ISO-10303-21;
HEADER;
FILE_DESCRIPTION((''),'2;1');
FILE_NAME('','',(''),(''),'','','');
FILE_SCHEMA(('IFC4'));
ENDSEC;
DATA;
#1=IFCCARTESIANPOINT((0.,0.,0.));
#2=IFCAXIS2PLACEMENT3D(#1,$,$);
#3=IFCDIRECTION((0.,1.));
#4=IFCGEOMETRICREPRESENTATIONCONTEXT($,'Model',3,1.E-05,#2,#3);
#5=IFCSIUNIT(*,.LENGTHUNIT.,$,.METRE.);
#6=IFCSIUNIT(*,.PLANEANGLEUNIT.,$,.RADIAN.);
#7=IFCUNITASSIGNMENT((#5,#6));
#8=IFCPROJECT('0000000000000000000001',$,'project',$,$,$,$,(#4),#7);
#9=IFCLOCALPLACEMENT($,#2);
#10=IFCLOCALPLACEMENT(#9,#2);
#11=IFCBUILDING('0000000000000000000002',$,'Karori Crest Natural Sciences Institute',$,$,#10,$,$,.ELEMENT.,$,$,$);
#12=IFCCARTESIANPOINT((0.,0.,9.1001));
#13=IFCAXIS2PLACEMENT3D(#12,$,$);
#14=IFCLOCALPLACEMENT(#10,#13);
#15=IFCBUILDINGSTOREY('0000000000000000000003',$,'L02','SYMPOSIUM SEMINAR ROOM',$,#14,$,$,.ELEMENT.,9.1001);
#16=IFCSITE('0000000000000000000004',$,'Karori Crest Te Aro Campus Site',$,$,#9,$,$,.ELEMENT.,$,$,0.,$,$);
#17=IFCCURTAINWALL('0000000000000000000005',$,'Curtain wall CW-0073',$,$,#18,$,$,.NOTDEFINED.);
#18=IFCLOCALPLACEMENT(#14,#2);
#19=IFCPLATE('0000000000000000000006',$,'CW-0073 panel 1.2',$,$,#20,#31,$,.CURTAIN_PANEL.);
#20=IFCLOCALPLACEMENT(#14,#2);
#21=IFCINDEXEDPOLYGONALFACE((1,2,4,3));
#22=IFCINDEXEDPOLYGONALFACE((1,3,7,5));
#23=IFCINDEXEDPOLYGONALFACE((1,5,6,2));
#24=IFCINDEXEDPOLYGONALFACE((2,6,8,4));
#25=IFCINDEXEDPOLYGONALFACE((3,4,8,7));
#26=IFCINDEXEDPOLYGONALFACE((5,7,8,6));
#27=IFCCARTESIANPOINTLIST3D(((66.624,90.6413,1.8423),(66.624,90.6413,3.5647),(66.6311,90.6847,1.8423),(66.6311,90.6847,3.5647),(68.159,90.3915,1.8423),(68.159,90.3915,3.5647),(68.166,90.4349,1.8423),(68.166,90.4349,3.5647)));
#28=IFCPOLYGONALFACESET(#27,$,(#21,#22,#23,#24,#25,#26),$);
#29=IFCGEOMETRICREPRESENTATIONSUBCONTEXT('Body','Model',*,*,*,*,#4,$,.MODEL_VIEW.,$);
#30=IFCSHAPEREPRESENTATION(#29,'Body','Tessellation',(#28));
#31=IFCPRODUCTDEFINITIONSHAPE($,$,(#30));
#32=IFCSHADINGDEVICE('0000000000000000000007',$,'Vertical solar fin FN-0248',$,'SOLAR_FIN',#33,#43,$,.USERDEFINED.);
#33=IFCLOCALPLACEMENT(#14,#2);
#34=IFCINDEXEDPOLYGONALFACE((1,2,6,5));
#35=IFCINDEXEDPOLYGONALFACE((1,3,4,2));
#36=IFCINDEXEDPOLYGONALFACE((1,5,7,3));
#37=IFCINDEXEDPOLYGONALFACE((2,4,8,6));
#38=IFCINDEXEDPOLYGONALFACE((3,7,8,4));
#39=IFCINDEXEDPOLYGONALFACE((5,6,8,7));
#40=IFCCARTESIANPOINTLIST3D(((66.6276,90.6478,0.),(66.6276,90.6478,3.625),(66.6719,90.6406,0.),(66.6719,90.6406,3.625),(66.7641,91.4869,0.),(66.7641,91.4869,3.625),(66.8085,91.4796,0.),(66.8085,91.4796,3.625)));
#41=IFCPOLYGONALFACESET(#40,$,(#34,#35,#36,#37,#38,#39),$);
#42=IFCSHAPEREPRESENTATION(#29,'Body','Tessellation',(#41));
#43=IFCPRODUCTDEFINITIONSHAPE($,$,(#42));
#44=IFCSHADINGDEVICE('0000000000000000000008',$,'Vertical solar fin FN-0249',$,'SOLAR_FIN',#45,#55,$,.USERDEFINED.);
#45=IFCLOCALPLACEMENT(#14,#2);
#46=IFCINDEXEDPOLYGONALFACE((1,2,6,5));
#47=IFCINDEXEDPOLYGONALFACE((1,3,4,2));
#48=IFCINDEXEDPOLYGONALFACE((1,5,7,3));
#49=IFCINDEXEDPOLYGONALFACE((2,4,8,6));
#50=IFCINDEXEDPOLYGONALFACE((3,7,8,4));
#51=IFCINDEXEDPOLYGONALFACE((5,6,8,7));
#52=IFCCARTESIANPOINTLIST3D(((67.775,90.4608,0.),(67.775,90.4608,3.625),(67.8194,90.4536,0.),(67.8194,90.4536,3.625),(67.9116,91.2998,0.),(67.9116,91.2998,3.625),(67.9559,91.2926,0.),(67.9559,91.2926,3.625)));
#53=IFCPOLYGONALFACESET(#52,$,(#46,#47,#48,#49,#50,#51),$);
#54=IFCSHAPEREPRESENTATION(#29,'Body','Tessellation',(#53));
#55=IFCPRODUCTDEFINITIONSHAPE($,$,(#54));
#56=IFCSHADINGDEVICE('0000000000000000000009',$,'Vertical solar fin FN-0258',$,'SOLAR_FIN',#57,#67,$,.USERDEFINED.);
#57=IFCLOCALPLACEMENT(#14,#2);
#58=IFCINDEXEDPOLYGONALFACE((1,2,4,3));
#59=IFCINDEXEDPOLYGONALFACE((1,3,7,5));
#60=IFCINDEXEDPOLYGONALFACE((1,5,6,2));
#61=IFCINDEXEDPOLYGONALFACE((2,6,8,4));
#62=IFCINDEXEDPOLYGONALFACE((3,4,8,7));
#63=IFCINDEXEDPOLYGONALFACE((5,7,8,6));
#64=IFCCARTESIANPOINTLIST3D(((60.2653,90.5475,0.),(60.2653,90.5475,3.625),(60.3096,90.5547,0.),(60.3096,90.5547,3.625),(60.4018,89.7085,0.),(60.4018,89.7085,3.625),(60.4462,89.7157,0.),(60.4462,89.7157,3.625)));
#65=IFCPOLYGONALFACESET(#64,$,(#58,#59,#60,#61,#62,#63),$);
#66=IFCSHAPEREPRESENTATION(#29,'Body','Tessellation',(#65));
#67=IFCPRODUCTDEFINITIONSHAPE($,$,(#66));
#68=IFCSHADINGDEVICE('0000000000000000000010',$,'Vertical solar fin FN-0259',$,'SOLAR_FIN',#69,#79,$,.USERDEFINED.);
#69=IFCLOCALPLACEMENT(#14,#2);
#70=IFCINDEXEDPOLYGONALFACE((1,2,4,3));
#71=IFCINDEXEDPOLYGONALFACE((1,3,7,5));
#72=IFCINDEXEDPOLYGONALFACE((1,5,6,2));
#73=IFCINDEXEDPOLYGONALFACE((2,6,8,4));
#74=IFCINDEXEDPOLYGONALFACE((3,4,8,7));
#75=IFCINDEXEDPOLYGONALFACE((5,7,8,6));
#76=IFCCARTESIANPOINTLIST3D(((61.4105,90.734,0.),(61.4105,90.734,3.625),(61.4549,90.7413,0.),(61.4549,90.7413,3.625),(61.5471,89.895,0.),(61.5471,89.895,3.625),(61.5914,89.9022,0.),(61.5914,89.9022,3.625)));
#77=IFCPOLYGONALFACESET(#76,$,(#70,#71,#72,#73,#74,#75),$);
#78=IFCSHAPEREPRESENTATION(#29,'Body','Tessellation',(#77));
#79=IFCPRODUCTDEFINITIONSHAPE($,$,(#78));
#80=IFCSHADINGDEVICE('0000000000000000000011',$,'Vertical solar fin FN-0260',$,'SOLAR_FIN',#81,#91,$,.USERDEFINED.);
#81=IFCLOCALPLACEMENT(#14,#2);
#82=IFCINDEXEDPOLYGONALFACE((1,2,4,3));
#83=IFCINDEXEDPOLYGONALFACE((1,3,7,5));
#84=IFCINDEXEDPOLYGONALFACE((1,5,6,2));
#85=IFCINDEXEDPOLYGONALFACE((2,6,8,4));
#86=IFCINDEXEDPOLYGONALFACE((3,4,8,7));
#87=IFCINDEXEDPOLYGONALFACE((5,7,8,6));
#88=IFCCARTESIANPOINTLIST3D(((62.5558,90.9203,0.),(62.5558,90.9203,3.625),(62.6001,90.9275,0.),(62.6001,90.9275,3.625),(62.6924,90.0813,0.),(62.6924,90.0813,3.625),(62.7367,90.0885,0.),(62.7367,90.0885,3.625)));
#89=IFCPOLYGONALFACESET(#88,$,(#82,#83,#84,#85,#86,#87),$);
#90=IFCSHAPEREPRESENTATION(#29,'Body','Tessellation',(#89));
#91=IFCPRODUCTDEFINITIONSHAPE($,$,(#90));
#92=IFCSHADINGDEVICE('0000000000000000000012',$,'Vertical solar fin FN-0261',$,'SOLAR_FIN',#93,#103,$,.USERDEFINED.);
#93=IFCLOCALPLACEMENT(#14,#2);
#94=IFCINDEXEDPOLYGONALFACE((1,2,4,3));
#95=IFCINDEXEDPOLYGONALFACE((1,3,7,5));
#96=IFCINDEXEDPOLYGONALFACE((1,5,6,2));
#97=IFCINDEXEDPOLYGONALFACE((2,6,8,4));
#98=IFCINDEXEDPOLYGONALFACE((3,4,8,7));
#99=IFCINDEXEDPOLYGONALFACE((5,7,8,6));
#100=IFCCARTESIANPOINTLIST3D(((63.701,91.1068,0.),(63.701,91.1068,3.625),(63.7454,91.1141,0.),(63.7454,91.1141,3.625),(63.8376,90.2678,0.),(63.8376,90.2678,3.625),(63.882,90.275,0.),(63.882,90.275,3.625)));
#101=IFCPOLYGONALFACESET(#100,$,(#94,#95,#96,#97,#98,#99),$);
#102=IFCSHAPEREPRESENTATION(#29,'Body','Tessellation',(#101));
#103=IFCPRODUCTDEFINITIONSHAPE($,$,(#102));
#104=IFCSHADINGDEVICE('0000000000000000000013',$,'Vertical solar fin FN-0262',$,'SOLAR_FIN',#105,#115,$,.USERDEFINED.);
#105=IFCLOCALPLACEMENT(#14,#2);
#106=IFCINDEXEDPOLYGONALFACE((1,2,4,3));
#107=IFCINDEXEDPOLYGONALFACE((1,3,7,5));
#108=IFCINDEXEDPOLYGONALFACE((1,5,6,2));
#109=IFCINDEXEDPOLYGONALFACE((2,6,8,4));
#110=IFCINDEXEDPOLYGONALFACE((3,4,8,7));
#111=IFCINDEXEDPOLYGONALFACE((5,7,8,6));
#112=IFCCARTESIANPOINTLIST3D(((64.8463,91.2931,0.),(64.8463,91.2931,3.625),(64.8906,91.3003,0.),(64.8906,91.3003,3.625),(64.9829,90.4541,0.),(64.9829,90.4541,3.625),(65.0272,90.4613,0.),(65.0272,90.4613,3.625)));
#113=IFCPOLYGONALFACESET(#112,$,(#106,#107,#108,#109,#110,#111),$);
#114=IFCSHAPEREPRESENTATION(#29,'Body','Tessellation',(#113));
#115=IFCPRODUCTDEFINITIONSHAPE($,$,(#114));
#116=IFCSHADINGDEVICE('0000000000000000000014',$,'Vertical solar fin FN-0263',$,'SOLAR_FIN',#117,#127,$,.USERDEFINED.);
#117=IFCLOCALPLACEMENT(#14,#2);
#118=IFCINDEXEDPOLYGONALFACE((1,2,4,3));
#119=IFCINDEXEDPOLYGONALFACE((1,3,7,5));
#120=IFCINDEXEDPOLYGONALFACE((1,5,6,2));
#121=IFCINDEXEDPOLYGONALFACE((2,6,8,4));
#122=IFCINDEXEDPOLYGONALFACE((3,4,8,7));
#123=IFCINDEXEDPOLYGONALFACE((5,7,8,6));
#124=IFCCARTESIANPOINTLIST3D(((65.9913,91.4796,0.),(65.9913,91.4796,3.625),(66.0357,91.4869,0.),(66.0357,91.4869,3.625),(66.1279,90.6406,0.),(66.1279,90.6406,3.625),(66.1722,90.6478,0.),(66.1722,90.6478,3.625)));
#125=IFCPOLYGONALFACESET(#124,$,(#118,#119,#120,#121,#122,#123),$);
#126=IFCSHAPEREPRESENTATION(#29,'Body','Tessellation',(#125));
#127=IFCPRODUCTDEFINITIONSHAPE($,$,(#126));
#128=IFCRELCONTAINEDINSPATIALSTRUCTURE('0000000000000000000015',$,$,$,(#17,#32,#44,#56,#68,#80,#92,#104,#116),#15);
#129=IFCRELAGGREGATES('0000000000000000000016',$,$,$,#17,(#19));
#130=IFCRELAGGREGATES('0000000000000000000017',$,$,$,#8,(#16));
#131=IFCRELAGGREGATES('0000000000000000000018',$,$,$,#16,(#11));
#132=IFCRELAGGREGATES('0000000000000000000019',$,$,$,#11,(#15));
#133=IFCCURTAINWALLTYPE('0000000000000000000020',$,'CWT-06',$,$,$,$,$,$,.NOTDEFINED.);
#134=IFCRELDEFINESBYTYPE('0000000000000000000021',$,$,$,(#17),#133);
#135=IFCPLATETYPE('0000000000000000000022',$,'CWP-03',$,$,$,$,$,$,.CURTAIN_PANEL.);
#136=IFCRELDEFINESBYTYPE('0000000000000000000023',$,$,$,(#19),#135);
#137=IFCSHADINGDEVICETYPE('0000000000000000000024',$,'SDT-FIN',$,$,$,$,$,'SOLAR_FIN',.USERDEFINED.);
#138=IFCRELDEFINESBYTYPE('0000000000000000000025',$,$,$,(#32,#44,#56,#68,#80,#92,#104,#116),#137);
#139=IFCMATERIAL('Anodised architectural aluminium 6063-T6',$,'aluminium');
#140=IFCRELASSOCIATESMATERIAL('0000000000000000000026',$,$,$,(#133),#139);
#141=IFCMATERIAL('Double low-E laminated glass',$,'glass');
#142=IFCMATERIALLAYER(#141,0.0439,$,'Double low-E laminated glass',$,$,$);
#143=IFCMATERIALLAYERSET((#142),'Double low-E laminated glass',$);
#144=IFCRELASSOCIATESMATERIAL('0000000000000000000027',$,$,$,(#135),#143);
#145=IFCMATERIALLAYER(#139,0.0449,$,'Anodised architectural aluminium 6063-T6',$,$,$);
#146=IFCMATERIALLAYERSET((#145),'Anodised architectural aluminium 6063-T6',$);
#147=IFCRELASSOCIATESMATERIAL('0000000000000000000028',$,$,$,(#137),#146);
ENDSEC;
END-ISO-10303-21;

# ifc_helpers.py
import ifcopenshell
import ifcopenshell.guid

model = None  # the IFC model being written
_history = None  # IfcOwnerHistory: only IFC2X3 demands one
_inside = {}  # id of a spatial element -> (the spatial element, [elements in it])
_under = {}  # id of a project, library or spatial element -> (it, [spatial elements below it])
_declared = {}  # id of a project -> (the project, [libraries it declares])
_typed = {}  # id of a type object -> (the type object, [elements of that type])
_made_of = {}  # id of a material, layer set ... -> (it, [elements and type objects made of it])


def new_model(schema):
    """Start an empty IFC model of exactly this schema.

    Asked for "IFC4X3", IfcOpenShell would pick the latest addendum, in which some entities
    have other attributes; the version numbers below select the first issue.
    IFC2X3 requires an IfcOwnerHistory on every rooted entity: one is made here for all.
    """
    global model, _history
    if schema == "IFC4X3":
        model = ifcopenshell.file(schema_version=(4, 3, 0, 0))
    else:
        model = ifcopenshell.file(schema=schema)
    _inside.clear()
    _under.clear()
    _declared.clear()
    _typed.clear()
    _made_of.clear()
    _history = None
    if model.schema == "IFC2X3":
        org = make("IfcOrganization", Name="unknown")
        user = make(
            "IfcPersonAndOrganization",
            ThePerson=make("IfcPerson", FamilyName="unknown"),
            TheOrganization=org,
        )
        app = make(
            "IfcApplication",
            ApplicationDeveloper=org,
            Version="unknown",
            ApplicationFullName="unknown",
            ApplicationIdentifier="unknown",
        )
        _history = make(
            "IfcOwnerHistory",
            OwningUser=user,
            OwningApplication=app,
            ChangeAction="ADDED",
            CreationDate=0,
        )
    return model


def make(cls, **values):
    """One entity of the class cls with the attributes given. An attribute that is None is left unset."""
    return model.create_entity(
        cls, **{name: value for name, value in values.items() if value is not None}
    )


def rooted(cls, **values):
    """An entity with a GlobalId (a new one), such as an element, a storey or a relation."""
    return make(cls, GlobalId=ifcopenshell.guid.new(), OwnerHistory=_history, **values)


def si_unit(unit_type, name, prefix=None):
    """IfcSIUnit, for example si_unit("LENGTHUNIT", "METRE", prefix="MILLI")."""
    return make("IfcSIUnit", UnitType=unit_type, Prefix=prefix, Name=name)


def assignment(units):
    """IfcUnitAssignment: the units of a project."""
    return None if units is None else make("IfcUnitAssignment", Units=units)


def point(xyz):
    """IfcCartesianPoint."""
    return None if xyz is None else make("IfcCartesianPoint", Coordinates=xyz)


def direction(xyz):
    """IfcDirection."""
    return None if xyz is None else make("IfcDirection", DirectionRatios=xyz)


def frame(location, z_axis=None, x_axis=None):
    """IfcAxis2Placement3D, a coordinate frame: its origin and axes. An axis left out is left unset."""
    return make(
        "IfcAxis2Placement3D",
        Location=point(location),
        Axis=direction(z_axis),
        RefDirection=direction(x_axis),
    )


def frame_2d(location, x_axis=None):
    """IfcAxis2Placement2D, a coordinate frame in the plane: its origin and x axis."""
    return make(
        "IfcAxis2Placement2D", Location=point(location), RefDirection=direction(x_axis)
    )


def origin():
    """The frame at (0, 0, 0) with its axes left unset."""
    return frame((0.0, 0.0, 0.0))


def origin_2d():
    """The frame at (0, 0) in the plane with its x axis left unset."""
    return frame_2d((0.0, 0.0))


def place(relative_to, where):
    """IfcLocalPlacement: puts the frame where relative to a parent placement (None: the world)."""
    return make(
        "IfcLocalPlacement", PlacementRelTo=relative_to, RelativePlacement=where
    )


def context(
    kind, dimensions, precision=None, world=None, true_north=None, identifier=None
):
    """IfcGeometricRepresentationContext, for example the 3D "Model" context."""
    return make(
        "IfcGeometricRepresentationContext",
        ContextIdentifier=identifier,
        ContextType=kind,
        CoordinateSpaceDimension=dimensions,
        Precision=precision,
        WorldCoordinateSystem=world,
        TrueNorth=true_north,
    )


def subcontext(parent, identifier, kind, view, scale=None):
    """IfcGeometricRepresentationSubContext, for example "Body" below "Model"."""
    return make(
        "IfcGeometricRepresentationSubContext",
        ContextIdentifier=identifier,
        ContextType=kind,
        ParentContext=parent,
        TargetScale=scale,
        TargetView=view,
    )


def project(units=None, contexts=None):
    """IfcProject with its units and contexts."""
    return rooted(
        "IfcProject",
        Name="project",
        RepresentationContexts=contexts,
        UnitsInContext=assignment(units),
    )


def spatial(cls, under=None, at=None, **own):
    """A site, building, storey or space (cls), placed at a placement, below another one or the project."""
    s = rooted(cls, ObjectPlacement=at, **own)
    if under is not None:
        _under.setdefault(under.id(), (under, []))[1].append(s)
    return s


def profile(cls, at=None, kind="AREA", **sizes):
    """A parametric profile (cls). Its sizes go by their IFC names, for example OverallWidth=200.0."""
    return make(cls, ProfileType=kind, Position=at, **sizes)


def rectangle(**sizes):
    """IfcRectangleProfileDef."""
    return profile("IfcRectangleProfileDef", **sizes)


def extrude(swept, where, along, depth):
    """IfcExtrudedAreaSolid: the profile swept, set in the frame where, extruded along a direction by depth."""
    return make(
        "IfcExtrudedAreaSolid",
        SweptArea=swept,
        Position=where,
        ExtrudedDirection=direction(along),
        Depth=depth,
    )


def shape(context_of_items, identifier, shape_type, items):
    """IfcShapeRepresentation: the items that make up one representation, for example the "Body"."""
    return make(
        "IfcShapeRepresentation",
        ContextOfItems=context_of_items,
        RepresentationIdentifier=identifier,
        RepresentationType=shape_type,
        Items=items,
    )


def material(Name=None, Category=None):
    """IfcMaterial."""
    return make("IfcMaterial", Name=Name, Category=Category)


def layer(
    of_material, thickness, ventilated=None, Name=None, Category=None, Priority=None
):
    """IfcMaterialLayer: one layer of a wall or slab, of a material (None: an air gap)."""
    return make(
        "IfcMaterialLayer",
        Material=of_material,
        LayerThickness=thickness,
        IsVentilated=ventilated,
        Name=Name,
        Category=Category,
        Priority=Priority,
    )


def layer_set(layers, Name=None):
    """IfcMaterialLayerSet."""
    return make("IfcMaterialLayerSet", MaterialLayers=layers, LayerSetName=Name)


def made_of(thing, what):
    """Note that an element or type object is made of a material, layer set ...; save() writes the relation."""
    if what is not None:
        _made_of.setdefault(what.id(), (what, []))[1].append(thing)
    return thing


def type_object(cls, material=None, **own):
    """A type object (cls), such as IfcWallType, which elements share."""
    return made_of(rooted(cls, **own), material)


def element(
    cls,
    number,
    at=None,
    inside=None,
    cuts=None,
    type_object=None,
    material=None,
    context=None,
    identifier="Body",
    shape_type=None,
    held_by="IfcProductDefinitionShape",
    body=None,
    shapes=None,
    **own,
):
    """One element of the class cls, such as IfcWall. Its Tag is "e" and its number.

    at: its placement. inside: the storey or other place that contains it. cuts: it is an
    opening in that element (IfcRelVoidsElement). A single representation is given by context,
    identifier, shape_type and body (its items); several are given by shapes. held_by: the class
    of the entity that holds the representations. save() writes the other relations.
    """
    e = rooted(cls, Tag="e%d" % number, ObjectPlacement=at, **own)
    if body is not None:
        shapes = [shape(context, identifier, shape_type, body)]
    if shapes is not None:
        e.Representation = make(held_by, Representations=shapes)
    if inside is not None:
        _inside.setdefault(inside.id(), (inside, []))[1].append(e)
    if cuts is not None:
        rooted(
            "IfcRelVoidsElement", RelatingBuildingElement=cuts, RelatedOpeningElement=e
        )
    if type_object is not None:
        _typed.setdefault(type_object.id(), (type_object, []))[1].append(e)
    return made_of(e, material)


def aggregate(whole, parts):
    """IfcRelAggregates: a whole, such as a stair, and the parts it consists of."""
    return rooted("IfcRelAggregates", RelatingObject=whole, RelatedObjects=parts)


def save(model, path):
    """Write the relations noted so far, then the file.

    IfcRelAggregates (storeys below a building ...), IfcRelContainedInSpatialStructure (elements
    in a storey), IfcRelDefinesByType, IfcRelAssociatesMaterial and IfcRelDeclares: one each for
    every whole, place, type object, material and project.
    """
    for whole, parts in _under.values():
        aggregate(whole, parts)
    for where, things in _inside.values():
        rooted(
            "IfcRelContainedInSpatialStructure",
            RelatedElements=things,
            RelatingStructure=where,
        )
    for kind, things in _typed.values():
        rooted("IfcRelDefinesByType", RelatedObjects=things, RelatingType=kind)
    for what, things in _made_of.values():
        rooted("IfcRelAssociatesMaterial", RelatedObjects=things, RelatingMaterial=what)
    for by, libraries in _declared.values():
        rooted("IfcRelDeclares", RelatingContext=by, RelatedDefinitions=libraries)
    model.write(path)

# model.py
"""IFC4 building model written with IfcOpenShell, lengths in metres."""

from ifc_helpers import new_model, si_unit, direction, frame, origin, origin_2d, place, context, subcontext, project, spatial, rectangle, extrude, material, layer, layer_set, type_object, element, aggregate, save


model = new_model("IFC4")

# Units and contexts
model_context = context("Model", 3, precision=1e-05, world=origin(), true_north=direction((0.0, 1.0)))
body_context = subcontext(model_context, "Body", "Model", "MODEL_VIEW")
ifc_project = project(units=[si_unit("LENGTHUNIT", "METRE"), si_unit("PLANEANGLEUNIT", "RADIAN")], contexts=[model_context])

# Site, building, storey
site_placement = place(None, origin())
site = spatial("IfcSite", under=ifc_project, at=site_placement, Name="Karori Crest Te Aro Campus Site", CompositionType="ELEMENT", RefElevation=0.0)
building_placement = place(site_placement, origin())
building = spatial("IfcBuilding", under=site, at=building_placement, Name="Karori Crest Natural Sciences Institute", CompositionType="ELEMENT")
storey_placement = place(building_placement, frame((0.0, 0.0, 9.1001)))
storey = spatial("IfcBuildingStorey", under=building, at=storey_placement, Name="L02", Description="SYMPOSIUM SEMINAR ROOM", CompositionType="ELEMENT", Elevation=9.1001)

# Curtain wall
ifc_material_1 = material(Name="Anodised architectural aluminium 6063-T6", Category="aluminium")
curtain_wall_type_1 = type_object("IfcCurtainWallType", Name="CWT-06", PredefinedType="NOTDEFINED", material=ifc_material_1)
curtain_wall_1_placement = place(storey_placement, origin())
curtain_wall_1 = element("IfcCurtainWall", 1, at=curtain_wall_1_placement, inside=storey, type_object=curtain_wall_type_1, Name="Curtain wall CW-0073", PredefinedType="NOTDEFINED")

# Plate
ifc_material_2 = material(Name="Double low-E laminated glass", Category="glass")
ifc_layer_1 = layer(ifc_material_2, 0.0439, Name="Double low-E laminated glass")
ifc_layer_set_1 = layer_set([ifc_layer_1], Name="Double low-E laminated glass")
plate_type_1 = type_object("IfcPlateType", Name="CWP-03", PredefinedType="CURTAIN_PANEL", material=ifc_layer_set_1)
plate_1_placement = place(storey_placement, frame((67.395, 90.5381, 1.8423), z_axis=(0.0, 0.0, 1.0), x_axis=(0.987011, -0.160652, 0.0)))
plate_1 = element("IfcPlate", 2, at=plate_1_placement, type_object=plate_type_1, Name="CW-0073 panel 1.2", PredefinedType="CURTAIN_PANEL", context=body_context, shape_type="SweptSolid", body=[
    extrude(rectangle(XDim=1.5552, YDim=0.0439, at=origin_2d()), origin(), (0.0, 0.0, 1.0), 1.7224),
])
aggregate(curtain_wall_1, [plate_1])

# Shading devices
ifc_layer_2 = layer(ifc_material_1, 0.0449, Name="Anodised architectural aluminium 6063-T6")
ifc_layer_set_2 = layer_set([ifc_layer_2], Name="Anodised architectural aluminium 6063-T6")
shading_device_type = type_object("IfcShadingDeviceType", Name="SDT-FIN", ElementType="SOLAR_FIN", PredefinedType="USERDEFINED", material=ifc_layer_set_2)
for number, where, z_axis, x_axis, name in (
    (3, (66.718, 91.0637, 0.0), (0.0, 0.0, 1.0), (0.160651, 0.987011, 0.0), "Vertical solar fin FN-0248"),
    (4, (67.8655, 90.8767, 0.0), (0.0, 0.0, 1.0), (0.160651, 0.987011, 0.0), "Vertical solar fin FN-0249"),
    (5, (60.3557, 90.1316, 0.0), (0.0, 0.0, 1.0), (-0.160656, 0.98701, 0.0), "Vertical solar fin FN-0258"),
    (6, (61.501, 90.3181, 0.0), (0.0, 0.0, 1.0), (-0.160656, 0.98701, 0.0), "Vertical solar fin FN-0259"),
    (7, (62.6462, 90.5044, 0.0), (0.0, 0.0, 1.0), (-0.160656, 0.98701, 0.0), "Vertical solar fin FN-0260"),
    (8, (63.7915, 90.6909, 0.0), (0.0, 0.0, 1.0), (-0.160656, 0.98701, 0.0), "Vertical solar fin FN-0261"),
    (9, (64.9368, 90.8772, 0.0), (0.0, 0.0, 1.0), (-0.160656, 0.98701, 0.0), "Vertical solar fin FN-0262"),
    (10, (66.0818, 91.0637, 0.0), (0.0, 0.0, 1.0), (-0.160656, 0.98701, 0.0), "Vertical solar fin FN-0263"),
):
    element("IfcShadingDevice", number, at=place(storey_placement, frame(where, z_axis=z_axis, x_axis=x_axis)), inside=storey, type_object=shading_device_type, Name=name, ObjectType="SOLAR_FIN", PredefinedType="USERDEFINED", context=body_context, shape_type="SweptSolid", body=[
        extrude(rectangle(XDim=0.8501, YDim=0.0449, at=origin_2d()), origin(), (0.0, 0.0, 1.0), 3.625),
    ])

save(model, "model.ifc")
